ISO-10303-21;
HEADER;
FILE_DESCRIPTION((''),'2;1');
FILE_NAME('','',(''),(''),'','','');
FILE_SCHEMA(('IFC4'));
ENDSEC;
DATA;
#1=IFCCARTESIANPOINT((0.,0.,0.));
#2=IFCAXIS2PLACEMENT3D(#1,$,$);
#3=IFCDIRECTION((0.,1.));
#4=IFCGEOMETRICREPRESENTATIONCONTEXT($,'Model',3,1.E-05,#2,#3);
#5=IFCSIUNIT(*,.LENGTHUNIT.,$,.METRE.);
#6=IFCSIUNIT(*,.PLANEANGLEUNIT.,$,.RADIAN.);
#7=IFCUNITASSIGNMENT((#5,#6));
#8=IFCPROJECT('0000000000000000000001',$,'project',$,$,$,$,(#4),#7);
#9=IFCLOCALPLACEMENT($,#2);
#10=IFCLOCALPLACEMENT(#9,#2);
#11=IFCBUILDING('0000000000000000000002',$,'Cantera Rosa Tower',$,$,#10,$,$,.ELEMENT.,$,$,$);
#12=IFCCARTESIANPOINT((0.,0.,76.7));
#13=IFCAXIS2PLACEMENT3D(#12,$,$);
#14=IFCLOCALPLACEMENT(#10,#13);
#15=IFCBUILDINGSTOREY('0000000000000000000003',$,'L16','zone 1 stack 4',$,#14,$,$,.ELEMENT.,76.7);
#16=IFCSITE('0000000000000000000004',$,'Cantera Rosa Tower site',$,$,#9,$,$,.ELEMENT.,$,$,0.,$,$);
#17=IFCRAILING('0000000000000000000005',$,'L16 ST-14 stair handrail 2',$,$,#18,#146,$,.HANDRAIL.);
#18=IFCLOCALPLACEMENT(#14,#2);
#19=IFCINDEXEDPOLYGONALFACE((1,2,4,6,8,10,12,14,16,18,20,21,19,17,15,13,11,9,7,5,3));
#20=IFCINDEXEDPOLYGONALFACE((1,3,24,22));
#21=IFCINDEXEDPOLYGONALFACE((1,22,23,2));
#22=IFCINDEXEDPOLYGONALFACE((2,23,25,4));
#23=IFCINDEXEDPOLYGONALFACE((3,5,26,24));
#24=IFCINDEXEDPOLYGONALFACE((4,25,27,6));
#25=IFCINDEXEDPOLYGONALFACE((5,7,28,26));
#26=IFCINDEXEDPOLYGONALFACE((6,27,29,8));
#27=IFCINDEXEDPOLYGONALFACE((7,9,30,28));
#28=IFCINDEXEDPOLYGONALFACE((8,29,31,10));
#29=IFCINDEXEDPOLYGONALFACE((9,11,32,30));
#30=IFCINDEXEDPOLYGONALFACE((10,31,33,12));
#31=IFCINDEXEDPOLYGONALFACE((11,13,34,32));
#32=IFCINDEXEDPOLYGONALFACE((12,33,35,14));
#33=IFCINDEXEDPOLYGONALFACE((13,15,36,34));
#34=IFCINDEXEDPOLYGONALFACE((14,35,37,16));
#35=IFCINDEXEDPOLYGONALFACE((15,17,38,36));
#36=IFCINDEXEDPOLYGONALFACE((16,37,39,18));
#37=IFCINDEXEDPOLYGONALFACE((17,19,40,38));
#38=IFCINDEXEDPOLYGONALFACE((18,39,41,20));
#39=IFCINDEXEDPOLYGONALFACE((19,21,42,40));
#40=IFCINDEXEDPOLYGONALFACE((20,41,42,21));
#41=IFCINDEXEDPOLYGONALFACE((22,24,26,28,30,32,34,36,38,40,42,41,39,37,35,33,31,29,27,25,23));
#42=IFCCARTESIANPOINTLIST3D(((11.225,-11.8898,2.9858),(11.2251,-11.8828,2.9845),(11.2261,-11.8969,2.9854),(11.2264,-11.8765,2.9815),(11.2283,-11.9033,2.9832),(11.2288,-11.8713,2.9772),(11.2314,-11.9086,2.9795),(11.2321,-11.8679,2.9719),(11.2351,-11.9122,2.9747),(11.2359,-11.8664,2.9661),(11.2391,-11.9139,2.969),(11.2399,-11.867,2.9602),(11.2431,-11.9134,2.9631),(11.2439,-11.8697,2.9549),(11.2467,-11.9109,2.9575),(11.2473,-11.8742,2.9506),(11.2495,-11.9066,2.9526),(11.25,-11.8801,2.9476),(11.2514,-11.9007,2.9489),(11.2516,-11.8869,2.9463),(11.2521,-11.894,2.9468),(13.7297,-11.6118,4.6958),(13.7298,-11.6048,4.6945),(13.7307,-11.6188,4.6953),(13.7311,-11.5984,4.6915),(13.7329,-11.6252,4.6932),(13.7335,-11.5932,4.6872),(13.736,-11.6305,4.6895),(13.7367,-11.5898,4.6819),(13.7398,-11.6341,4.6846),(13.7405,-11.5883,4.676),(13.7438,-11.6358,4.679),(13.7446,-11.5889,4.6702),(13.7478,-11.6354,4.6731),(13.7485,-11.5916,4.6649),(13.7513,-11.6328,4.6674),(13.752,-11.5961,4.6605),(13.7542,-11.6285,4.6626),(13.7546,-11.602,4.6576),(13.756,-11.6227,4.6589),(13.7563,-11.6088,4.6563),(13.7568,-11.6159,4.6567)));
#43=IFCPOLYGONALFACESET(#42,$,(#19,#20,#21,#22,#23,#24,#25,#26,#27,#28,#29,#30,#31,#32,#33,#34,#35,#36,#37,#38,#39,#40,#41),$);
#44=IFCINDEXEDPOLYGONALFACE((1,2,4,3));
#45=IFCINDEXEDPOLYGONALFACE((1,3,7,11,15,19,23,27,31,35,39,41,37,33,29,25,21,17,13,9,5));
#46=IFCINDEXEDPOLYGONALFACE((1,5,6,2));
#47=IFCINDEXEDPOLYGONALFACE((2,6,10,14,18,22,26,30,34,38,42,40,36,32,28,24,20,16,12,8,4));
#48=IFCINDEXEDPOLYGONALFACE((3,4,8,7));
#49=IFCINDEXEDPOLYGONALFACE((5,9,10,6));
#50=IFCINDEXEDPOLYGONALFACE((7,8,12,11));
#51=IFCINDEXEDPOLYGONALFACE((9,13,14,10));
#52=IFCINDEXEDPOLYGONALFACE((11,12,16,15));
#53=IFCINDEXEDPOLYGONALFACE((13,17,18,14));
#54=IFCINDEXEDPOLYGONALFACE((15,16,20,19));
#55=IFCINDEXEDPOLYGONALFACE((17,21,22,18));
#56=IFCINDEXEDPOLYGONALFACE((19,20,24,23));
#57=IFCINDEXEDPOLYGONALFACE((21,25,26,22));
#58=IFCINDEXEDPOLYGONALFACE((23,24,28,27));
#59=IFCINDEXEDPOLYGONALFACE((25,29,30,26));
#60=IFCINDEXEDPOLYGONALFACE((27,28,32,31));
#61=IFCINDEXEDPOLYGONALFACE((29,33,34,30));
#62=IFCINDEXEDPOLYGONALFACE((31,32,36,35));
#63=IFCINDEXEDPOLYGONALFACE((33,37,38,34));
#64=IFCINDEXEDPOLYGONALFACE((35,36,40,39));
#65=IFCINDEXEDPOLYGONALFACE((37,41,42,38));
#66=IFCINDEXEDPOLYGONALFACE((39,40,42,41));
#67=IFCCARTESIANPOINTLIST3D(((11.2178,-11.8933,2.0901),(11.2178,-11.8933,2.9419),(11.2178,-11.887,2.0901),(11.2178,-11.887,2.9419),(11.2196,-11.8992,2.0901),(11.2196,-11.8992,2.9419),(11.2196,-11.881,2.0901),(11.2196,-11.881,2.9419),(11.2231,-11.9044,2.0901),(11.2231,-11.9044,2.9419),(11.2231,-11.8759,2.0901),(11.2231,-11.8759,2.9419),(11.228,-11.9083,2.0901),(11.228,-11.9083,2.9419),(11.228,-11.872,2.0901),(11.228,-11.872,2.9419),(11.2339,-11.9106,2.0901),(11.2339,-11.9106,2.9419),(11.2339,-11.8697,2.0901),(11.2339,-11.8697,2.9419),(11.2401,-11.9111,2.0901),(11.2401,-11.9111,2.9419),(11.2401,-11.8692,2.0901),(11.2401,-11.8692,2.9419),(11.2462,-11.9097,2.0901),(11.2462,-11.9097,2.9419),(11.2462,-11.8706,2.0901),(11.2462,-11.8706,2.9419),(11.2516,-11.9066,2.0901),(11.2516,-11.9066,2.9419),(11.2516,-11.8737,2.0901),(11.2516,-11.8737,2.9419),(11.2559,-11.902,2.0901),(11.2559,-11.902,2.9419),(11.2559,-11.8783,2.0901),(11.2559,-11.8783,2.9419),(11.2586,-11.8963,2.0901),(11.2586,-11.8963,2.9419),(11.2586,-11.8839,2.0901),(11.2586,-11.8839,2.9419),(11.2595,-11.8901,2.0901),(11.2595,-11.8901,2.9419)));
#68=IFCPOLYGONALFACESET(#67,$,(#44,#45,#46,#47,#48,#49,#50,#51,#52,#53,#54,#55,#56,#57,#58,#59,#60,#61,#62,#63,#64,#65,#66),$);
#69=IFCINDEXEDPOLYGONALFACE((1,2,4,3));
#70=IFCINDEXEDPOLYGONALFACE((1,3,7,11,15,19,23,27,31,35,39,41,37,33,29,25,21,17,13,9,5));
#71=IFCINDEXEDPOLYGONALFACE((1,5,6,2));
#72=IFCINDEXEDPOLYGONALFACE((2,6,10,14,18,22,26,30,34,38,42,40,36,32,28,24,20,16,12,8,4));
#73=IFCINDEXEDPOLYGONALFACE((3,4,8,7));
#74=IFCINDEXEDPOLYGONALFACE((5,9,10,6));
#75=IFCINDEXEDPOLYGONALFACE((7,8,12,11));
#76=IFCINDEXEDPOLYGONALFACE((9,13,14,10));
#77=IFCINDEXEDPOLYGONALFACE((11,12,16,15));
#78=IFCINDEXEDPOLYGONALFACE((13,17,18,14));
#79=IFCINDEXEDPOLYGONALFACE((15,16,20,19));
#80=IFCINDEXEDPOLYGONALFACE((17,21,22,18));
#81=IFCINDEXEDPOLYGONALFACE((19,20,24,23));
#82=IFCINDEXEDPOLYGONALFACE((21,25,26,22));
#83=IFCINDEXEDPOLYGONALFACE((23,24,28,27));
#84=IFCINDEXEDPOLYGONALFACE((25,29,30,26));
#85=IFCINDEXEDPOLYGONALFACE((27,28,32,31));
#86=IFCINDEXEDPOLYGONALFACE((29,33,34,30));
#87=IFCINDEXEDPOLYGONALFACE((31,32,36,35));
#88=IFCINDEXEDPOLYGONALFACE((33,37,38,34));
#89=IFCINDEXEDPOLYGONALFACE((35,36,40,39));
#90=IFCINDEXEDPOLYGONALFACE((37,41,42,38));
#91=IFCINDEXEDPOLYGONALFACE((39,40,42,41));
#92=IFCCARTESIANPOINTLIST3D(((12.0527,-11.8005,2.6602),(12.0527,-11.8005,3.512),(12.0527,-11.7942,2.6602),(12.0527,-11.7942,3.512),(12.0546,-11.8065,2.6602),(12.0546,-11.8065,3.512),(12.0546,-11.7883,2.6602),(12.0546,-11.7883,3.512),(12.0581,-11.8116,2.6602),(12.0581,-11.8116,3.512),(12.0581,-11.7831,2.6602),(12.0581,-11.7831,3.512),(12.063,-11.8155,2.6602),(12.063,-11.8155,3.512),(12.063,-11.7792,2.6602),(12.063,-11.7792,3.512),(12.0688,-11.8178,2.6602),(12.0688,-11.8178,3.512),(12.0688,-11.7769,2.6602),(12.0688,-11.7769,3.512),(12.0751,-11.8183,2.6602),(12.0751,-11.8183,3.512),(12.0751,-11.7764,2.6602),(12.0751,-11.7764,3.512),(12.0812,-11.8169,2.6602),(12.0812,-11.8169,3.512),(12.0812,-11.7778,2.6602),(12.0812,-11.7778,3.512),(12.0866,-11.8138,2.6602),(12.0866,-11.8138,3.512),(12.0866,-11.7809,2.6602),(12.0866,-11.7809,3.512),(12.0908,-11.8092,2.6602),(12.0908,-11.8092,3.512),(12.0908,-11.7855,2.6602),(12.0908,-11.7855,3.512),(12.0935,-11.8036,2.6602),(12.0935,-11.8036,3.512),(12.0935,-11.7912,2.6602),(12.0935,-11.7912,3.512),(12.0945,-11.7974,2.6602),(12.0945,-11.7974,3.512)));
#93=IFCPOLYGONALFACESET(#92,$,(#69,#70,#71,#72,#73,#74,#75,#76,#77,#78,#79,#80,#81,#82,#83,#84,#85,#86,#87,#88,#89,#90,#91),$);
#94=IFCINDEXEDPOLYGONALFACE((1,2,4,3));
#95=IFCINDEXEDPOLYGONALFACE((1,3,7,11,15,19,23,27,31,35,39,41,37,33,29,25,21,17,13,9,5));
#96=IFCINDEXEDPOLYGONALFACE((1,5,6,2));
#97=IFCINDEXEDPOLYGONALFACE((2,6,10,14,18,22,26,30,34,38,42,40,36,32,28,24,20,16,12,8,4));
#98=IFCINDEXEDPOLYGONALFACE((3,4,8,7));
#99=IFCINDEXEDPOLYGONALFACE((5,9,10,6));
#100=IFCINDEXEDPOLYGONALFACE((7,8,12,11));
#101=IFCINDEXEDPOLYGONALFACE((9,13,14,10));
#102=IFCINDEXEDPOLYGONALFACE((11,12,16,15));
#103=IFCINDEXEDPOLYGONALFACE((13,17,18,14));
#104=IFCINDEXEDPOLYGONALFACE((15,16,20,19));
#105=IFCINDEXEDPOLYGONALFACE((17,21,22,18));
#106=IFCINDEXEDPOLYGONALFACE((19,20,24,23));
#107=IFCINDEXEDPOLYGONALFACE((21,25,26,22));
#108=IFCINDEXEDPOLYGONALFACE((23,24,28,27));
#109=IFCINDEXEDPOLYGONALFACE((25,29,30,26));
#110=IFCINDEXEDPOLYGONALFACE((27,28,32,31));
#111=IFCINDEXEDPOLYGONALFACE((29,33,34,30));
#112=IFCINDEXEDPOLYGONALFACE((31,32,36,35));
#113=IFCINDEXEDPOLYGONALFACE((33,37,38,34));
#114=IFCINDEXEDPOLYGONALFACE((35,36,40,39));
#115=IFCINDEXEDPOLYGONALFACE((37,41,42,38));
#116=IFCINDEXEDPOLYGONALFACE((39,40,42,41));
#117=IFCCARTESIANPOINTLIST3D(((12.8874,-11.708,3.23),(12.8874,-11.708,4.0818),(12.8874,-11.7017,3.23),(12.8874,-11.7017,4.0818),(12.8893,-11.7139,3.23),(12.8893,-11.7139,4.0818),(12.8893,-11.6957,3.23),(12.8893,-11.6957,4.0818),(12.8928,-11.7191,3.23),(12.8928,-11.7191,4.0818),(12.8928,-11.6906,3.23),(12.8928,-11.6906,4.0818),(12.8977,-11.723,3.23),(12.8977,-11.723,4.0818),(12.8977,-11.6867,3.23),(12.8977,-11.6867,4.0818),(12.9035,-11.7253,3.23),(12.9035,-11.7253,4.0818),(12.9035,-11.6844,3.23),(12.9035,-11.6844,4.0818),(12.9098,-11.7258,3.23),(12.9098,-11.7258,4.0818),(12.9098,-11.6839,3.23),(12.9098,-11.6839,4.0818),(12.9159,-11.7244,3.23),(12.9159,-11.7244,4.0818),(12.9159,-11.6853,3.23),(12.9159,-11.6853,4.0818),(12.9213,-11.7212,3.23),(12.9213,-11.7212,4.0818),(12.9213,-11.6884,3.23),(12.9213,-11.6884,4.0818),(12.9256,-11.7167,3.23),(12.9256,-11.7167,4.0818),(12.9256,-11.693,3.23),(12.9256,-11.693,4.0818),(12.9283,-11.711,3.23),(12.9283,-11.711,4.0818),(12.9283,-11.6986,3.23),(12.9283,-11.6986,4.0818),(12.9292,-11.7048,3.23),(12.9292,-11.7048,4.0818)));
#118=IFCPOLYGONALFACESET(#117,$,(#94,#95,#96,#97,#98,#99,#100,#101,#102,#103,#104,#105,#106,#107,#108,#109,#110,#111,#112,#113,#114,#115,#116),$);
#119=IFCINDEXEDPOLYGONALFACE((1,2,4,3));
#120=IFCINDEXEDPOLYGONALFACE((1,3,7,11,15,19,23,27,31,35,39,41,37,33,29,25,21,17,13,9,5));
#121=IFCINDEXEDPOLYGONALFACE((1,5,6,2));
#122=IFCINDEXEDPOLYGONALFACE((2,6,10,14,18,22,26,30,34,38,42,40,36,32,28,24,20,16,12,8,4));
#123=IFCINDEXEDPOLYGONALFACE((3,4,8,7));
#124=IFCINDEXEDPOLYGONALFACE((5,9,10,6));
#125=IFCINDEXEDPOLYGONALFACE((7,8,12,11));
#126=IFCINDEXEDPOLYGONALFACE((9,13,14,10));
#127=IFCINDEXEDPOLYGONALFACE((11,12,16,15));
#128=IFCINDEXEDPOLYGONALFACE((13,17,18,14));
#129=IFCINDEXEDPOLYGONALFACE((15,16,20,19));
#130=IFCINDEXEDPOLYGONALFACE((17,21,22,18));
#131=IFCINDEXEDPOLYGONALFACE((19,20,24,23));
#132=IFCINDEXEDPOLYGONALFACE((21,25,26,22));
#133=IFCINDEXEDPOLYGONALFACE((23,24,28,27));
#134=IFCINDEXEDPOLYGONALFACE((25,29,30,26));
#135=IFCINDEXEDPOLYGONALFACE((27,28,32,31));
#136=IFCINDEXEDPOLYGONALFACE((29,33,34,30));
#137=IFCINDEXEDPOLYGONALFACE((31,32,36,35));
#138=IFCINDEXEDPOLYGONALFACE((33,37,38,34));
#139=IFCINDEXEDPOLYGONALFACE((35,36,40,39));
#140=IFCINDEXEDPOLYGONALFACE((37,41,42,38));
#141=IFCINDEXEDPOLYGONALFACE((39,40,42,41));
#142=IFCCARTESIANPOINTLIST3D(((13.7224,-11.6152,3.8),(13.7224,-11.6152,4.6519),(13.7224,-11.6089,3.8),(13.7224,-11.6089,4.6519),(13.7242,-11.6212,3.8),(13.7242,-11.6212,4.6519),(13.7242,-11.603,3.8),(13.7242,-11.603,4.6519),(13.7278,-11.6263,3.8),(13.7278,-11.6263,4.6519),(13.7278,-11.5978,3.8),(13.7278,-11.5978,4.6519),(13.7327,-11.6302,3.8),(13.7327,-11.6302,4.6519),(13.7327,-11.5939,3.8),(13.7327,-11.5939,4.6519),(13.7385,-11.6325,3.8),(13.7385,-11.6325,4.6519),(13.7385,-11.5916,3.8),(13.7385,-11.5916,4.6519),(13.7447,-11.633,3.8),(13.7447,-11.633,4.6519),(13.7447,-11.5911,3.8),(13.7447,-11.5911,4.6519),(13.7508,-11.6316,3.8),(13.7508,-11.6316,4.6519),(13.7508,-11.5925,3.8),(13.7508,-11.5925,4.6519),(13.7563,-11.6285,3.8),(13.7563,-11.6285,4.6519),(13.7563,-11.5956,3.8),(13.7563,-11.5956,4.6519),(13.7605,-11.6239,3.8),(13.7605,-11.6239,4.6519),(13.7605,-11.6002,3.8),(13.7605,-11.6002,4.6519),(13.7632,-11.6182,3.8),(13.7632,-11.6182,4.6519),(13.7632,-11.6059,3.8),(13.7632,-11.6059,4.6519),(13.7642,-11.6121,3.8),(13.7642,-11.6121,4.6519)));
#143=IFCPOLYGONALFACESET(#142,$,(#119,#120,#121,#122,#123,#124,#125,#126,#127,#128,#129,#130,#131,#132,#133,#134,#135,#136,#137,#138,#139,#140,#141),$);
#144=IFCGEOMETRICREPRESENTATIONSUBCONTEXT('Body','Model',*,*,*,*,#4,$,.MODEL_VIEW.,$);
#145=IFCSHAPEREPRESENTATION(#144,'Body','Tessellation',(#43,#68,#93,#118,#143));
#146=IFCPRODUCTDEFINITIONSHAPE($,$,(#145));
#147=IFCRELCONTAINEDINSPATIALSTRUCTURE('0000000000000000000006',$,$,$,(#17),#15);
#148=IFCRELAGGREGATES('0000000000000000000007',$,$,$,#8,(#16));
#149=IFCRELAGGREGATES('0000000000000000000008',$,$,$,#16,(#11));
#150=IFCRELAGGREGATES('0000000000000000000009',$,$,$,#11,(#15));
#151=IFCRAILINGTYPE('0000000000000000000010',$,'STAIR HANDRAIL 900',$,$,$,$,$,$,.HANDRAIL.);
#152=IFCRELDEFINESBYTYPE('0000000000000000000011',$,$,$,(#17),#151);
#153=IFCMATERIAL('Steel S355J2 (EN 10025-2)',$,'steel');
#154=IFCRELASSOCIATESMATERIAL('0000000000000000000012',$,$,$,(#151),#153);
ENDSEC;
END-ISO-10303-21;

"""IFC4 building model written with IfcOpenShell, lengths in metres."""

from ifc_helpers import new_model, si_unit, direction, frame, origin, origin_2d, place, context, subcontext, project, spatial, circle, extrude, material, type_object, element, save


model = new_model("IFC4")

# Units and contexts
model_context = context("Model", 3, precision=1e-05, world=origin(), true_north=direction((0.0, 1.0)))
body_context = subcontext(model_context, "Body", "Model", "MODEL_VIEW")
ifc_project = project(units=[si_unit("LENGTHUNIT", "METRE"), si_unit("PLANEANGLEUNIT", "RADIAN")], contexts=[model_context])

# Site, building, storey
site_placement = place(None, origin())
site = spatial("IfcSite", under=ifc_project, at=site_placement, Name="Cantera Rosa Tower site", CompositionType="ELEMENT", RefElevation=0.0)
building_placement = place(site_placement, origin())
building = spatial("IfcBuilding", under=site, at=building_placement, Name="Cantera Rosa Tower", CompositionType="ELEMENT")
storey_placement = place(building_placement, frame((0.0, 0.0, 76.7)))
storey = spatial("IfcBuildingStorey", under=building, at=storey_placement, Name="L16", Description="zone 1 stack 4", CompositionType="ELEMENT", Elevation=76.7)

# Railing
ifc_material_1 = material(Name="Steel S355J2 (EN 10025-2)", Category="steel")
railing_type_1 = type_object("IfcRailingType", Name="STAIR HANDRAIL 900", PredefinedType="HANDRAIL", material=ifc_material_1)
railing_1_placement = place(storey_placement, frame((11.2385, -11.8901, 2.0901)))
element("IfcRailing", 1, at=railing_1_placement, inside=storey, type_object=railing_type_1, Name="L16 ST-14 stair handrail 2", PredefinedType="HANDRAIL", context=body_context, shape_type="SweptSolid", body=[
    extrude(circle(Radius=0.0239, at=origin_2d()), frame((0.0, 0.0, 0.876), z_axis=(0.822431, 0.09131, 0.561488), x_axis=(-0.110346, 0.993893, 0.0)), (0.0, 0.0, 1.0), 3.0454),
    extrude(circle(Radius=0.021, at=origin_2d()), origin(), (0.0, 0.0, 1.0), 0.8518),
    extrude(circle(Radius=0.021, at=origin_2d()), frame((0.835, 0.0928, 0.5701)), (0.0, 0.0, 1.0), 0.8518),
    extrude(circle(Radius=0.021, at=origin_2d()), frame((1.6697, 0.1853, 1.1399)), (0.0, 0.0, 1.0), 0.8518),
    extrude(circle(Radius=0.021, at=origin_2d()), frame((2.5046, 0.2781, 1.71)), (0.0, 0.0, 1.0), 0.8518),
])

save(model, "model.ifc")
